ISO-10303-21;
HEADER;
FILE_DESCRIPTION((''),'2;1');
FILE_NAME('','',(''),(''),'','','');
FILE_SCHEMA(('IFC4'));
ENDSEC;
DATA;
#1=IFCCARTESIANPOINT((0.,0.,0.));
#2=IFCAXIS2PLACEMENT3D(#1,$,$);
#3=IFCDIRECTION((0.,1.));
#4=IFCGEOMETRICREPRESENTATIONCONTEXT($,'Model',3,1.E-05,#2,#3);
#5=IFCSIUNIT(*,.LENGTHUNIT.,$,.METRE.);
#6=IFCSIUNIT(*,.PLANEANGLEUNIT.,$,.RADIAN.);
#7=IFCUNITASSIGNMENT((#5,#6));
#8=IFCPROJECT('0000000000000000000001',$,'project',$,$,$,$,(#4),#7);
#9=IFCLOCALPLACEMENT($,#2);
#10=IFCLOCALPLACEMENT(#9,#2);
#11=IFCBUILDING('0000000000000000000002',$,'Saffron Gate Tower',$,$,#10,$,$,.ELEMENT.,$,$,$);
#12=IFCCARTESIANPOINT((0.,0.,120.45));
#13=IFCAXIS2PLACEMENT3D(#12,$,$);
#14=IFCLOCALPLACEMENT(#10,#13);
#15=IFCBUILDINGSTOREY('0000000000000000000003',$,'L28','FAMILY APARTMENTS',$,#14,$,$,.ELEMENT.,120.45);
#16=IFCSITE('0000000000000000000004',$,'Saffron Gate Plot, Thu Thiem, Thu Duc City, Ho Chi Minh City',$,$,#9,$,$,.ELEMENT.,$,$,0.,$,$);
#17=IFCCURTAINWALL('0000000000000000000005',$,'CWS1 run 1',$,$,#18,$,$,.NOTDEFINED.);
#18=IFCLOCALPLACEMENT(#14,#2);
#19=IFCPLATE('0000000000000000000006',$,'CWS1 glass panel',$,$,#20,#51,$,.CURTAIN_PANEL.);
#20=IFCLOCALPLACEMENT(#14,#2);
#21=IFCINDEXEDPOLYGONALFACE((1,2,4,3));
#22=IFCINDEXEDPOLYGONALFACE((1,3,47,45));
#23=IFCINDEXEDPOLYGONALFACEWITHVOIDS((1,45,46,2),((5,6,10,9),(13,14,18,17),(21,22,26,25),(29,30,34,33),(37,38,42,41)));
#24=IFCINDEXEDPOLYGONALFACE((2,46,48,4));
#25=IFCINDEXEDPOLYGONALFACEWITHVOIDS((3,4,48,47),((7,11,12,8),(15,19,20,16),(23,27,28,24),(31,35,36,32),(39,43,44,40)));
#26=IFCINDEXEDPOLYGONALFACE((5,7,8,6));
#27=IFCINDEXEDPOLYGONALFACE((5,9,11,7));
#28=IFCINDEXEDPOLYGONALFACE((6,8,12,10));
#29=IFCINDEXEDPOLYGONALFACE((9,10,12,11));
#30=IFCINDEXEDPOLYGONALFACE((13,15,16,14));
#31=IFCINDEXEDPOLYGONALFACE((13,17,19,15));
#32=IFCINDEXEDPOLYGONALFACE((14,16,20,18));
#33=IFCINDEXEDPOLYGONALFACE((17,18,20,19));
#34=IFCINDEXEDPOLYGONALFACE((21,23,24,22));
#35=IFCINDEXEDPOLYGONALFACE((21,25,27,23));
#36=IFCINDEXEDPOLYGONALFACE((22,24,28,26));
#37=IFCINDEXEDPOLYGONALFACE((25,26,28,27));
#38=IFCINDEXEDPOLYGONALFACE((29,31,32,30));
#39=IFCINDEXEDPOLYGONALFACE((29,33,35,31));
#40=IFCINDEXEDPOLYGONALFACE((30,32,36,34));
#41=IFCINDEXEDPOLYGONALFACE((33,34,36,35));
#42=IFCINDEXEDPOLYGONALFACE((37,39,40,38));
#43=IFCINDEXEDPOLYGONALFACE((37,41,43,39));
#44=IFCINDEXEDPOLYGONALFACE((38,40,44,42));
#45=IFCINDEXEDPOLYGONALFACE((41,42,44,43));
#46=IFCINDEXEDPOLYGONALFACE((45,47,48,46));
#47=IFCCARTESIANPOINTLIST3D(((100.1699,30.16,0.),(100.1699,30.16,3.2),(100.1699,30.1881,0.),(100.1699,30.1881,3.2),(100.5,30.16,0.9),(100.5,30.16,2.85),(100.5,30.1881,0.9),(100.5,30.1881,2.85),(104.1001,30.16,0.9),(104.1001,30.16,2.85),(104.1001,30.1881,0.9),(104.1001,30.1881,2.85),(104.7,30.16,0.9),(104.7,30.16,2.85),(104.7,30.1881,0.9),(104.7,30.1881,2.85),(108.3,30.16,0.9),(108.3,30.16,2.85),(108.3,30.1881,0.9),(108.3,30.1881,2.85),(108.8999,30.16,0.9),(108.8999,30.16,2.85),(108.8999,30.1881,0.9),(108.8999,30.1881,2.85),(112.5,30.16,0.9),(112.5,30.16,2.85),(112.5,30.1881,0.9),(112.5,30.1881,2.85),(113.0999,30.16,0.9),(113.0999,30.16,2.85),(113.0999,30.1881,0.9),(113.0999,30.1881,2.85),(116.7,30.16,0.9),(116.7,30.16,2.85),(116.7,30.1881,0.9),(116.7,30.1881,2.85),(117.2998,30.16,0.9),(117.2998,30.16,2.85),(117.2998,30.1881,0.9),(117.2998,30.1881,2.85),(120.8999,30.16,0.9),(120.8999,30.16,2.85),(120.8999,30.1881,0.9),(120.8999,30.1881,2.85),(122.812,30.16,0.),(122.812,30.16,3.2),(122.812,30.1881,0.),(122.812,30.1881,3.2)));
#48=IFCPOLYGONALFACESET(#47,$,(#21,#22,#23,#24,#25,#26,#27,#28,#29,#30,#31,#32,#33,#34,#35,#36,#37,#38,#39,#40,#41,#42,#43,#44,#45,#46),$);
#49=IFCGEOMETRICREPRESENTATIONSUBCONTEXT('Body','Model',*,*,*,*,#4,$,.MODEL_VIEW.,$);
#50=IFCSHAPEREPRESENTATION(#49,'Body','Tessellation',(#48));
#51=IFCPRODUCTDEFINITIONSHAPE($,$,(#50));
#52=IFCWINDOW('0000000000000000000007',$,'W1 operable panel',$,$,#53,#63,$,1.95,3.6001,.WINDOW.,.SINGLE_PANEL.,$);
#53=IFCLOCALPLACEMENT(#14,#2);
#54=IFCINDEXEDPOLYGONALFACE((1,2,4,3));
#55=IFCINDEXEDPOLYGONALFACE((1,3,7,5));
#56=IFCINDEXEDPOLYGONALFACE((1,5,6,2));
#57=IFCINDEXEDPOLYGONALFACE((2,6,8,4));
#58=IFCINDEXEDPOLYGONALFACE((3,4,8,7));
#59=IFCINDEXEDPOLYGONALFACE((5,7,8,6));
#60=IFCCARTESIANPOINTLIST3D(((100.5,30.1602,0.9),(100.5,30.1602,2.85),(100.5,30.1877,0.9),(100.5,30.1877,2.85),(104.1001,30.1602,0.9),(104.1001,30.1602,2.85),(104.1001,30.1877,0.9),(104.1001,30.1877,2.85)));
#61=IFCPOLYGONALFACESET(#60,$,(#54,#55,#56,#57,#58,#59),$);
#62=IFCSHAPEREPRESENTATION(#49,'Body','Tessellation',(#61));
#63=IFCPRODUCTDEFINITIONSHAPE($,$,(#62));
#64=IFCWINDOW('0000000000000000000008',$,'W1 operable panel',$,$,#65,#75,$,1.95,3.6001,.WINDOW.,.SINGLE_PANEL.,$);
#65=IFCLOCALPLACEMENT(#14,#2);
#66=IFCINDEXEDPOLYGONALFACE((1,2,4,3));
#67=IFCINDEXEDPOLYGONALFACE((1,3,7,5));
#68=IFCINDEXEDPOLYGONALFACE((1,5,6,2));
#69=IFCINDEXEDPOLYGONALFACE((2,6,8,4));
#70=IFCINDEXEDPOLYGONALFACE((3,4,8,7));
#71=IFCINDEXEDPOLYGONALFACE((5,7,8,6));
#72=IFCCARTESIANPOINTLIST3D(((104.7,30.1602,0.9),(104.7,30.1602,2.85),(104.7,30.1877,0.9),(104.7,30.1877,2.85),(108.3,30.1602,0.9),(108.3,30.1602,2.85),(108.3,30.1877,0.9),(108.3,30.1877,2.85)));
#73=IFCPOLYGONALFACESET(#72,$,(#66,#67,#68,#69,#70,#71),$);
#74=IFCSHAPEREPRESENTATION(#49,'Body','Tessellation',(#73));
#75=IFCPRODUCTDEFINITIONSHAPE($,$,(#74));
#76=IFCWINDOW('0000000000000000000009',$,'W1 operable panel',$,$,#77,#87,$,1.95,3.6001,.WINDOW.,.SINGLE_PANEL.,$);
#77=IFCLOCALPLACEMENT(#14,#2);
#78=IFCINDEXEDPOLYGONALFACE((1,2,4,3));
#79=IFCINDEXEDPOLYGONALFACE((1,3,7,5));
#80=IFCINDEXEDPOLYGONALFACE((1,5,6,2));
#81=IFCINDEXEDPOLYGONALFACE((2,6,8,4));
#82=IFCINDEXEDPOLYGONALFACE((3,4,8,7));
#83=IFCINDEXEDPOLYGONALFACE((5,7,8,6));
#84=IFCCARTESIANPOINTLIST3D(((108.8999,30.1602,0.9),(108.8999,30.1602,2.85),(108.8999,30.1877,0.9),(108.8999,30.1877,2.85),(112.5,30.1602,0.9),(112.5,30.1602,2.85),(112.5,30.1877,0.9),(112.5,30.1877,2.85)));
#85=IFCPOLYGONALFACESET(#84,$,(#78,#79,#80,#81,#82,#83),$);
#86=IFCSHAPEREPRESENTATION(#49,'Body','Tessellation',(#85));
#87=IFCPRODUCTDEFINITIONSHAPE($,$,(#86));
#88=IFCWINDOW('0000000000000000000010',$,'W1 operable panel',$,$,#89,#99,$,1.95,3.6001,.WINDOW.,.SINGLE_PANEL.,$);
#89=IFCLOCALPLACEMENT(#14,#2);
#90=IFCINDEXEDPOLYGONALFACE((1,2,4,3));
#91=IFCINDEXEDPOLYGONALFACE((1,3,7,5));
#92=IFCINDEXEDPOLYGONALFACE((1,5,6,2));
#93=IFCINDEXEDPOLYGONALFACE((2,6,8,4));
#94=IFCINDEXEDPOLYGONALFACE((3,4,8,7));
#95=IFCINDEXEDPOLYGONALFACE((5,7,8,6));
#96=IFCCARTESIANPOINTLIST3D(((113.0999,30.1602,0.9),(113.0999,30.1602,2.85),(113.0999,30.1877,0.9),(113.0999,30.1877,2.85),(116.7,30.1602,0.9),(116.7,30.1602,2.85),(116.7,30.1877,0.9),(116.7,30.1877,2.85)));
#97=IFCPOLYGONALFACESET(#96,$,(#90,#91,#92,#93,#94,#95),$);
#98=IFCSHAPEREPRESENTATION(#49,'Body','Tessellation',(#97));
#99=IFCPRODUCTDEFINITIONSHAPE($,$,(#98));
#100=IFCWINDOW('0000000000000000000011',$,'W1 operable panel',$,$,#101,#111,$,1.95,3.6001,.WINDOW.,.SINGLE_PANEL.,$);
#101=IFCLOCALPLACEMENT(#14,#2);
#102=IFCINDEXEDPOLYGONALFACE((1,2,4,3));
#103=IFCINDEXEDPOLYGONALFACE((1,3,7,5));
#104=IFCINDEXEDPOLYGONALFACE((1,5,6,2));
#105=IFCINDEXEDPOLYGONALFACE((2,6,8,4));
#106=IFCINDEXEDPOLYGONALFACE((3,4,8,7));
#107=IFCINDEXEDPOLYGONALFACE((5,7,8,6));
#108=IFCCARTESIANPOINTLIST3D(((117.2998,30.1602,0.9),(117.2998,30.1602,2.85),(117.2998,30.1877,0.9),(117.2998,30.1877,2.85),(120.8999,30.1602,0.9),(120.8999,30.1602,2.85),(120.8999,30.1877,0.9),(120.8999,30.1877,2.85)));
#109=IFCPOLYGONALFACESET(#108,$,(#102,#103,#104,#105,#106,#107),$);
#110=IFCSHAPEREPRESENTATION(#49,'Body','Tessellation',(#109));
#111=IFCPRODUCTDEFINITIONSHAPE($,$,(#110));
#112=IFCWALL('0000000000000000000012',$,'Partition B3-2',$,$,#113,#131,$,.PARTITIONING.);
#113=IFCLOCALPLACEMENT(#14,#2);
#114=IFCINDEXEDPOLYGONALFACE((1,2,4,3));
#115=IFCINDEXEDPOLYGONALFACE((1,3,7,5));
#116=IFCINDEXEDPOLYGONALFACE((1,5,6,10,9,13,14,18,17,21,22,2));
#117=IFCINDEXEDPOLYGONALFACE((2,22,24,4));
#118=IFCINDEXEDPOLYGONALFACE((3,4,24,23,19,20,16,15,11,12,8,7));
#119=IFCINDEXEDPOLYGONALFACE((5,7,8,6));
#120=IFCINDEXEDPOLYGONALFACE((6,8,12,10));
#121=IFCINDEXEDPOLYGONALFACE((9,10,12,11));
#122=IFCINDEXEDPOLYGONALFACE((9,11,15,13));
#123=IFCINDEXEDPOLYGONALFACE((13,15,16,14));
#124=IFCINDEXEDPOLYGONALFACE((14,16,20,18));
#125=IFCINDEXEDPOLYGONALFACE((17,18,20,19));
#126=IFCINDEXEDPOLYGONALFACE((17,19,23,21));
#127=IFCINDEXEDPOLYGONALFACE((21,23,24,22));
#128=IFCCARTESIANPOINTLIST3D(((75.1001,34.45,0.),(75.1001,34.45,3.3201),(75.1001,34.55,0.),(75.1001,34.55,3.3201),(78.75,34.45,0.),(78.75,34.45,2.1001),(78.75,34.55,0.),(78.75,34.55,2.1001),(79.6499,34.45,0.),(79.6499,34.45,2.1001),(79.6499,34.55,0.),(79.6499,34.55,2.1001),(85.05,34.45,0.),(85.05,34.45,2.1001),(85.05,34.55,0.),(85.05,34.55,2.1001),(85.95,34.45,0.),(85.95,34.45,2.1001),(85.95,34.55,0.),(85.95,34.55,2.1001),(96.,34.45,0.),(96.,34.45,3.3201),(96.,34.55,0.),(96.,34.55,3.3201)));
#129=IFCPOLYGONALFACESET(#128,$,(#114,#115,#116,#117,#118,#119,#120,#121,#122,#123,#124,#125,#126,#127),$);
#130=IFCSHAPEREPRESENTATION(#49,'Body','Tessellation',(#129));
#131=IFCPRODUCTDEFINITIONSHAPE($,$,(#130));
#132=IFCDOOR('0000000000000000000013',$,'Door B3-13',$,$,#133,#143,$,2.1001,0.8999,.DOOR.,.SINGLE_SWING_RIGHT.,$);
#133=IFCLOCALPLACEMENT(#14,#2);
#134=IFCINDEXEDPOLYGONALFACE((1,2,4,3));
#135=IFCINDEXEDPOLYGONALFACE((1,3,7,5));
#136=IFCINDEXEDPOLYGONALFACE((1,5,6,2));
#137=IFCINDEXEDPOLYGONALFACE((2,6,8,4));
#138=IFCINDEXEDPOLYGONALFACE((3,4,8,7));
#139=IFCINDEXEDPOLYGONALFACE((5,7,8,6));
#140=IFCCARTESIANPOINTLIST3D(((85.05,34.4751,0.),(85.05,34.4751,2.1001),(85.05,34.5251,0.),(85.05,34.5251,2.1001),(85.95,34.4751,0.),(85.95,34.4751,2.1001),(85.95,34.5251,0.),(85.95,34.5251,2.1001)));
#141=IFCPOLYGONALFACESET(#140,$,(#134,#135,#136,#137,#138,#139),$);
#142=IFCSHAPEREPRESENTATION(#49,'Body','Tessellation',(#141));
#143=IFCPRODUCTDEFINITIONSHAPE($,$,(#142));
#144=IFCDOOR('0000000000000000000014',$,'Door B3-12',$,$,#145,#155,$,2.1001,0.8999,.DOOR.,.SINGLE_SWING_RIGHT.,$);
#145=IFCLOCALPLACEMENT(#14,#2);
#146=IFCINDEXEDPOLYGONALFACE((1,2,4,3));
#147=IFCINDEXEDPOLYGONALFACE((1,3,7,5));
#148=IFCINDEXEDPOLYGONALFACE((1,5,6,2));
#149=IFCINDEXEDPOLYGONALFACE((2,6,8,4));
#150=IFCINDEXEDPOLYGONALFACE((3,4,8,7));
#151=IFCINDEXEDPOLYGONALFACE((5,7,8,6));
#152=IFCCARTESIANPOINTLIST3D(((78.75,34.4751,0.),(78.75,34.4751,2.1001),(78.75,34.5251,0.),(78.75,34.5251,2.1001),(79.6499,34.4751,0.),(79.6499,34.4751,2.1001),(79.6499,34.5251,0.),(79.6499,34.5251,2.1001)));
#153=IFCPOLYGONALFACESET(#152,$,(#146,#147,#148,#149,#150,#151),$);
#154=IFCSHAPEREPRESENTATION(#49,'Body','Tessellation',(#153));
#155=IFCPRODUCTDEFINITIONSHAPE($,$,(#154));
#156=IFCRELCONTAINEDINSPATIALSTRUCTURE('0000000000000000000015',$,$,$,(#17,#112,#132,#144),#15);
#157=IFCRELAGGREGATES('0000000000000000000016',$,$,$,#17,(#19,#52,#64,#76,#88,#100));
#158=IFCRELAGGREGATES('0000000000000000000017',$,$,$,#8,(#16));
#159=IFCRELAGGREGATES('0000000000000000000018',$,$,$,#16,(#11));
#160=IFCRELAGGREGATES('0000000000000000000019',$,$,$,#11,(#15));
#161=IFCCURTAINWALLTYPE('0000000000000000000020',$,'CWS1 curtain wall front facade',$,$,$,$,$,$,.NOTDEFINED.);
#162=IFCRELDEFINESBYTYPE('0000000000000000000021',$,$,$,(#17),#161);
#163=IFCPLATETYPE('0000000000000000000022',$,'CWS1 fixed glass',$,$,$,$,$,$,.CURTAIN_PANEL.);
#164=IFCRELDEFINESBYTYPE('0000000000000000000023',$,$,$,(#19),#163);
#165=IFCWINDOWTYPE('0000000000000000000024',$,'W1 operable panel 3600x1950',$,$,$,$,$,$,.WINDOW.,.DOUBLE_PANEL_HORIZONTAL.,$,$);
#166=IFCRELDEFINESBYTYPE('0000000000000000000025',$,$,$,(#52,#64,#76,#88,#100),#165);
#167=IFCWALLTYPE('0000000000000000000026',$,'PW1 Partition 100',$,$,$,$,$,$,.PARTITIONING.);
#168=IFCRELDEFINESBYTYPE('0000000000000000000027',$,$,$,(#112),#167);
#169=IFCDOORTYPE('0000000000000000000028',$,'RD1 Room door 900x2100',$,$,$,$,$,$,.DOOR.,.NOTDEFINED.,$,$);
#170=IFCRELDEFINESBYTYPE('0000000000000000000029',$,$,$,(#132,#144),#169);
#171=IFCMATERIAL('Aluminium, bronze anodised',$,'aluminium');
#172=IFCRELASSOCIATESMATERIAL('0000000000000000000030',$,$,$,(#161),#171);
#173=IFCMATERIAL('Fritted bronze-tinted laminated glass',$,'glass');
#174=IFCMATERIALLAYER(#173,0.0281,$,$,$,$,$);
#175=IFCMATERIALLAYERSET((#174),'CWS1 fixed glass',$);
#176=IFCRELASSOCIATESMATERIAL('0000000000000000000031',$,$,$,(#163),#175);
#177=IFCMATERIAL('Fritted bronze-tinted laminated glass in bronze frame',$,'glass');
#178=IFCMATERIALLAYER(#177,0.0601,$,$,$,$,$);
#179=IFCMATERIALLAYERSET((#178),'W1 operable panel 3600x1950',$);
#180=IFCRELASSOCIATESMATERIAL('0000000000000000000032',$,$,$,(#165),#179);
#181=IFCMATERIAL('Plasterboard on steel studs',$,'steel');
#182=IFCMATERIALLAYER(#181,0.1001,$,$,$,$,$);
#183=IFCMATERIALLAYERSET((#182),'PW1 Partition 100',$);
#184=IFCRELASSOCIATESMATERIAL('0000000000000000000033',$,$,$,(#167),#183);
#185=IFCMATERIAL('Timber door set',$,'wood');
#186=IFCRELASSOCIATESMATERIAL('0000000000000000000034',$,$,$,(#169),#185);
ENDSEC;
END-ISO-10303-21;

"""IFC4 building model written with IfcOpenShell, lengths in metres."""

from ifc_helpers import new_model, si_unit, direction, frame, frame_2d, origin, place, context, subcontext, project, spatial, rectangle, extrude, material, layer, layer_set, type_object, element, fill, aggregate, save


model = new_model("IFC4")

# Units and contexts
model_context = context("Model", 3, precision=1e-05, world=origin(), true_north=direction((0.0, 1.0)))
body_context = subcontext(model_context, "Body", "Model", "MODEL_VIEW")
ifc_project = project(units=[si_unit("LENGTHUNIT", "METRE"), si_unit("PLANEANGLEUNIT", "RADIAN")], contexts=[model_context])

# Site, building, storey
site_placement = place(None, origin())
site = spatial("IfcSite", under=ifc_project, at=site_placement, Name="Saffron Gate Plot, Thu Thiem, Thu Duc City, Ho Chi Minh City", CompositionType="ELEMENT", RefElevation=0.0)
building_placement = place(site_placement, origin())
building = spatial("IfcBuilding", under=site, at=building_placement, Name="Saffron Gate Tower", CompositionType="ELEMENT")
storey_placement = place(building_placement, frame((0.0, 0.0, 120.45)))
storey = spatial("IfcBuildingStorey", under=building, at=storey_placement, Name="L28", Description="FAMILY APARTMENTS", CompositionType="ELEMENT", Elevation=120.45)

# Curtain wall, plate, openings, windows
ifc_material_1 = material(Name="Aluminium, bronze anodised", Category="aluminium")
curtain_wall_type = type_object("IfcCurtainWallType", Name="CWS1 curtain wall front facade", PredefinedType="NOTDEFINED", material=ifc_material_1)
curtain_wall_placement = place(storey_placement, origin())
curtain_wall = element("IfcCurtainWall", 1, at=curtain_wall_placement, inside=storey, type_object=curtain_wall_type, Name="CWS1 run 1", PredefinedType="NOTDEFINED")
ifc_material_2 = material(Name="Fritted bronze-tinted laminated glass", Category="glass")
ifc_layer_1 = layer(ifc_material_2, 0.0281)
ifc_layer_set_1 = layer_set([ifc_layer_1], Name="CWS1 fixed glass")
plate_type = type_object("IfcPlateType", Name="CWS1 fixed glass", PredefinedType="CURTAIN_PANEL", material=ifc_layer_set_1)
plate_placement = place(storey_placement, frame((100.1699, 30.1741, 0.0), z_axis=(0.0, 0.0, 1.0), x_axis=(1.0, 0.0, 0.0)))
plate = element("IfcPlate", 2, at=plate_placement, type_object=plate_type, Name="CWS1 glass panel", PredefinedType="CURTAIN_PANEL", context=body_context, shape_type="SweptSolid", body=[
    extrude(rectangle(XDim=22.6421, YDim=0.0281, at=frame_2d((11.321, 0.0))), origin(), (0.0, 0.0, 1.0), 3.2),
])
opening_1_placement = place(plate_placement, frame((0.3301, 0.0, 0.8999)))
opening_1 = element("IfcOpeningElement", 3, at=opening_1_placement, cuts=plate, PredefinedType="OPENING", context=body_context, shape_type="SweptSolid", body=[
    extrude(rectangle(XDim=3.6001, YDim=1.95, at=frame_2d((1.8, 0.9751))), frame((0.0, 0.0239, 0.0), z_axis=(0.0, -1.0, 0.0), x_axis=(1.0, 0.0, 0.0)), (0.0, 0.0, 1.0), 0.0481),
])
opening_2_placement = place(plate_placement, frame((4.53, 0.0, 0.8999)))
opening_2 = element("IfcOpeningElement", 4, at=opening_2_placement, cuts=plate, PredefinedType="OPENING", context=body_context, shape_type="SweptSolid", body=[
    extrude(rectangle(XDim=3.6001, YDim=1.95, at=frame_2d((1.8, 0.9751))), frame((0.0, 0.0239, 0.0), z_axis=(0.0, -1.0, 0.0), x_axis=(1.0, 0.0, 0.0)), (0.0, 0.0, 1.0), 0.0481),
])
opening_3_placement = place(plate_placement, frame((8.73, 0.0, 0.8999)))
opening_3 = element("IfcOpeningElement", 5, at=opening_3_placement, cuts=plate, PredefinedType="OPENING", context=body_context, shape_type="SweptSolid", body=[
    extrude(rectangle(XDim=3.6001, YDim=1.95, at=frame_2d((1.8, 0.9751))), frame((0.0, 0.0239, 0.0), z_axis=(0.0, -1.0, 0.0), x_axis=(1.0, 0.0, 0.0)), (0.0, 0.0, 1.0), 0.0481),
])
opening_4_placement = place(plate_placement, frame((12.9299, 0.0, 0.8999)))
opening_4 = element("IfcOpeningElement", 6, at=opening_4_placement, cuts=plate, PredefinedType="OPENING", context=body_context, shape_type="SweptSolid", body=[
    extrude(rectangle(XDim=3.6001, YDim=1.95, at=frame_2d((1.8, 0.9751))), frame((0.0, 0.0239, 0.0), z_axis=(0.0, -1.0, 0.0), x_axis=(1.0, 0.0, 0.0)), (0.0, 0.0, 1.0), 0.0481),
])
opening_5_placement = place(plate_placement, frame((17.1299, 0.0, 0.8999)))
opening_5 = element("IfcOpeningElement", 7, at=opening_5_placement, cuts=plate, PredefinedType="OPENING", context=body_context, shape_type="SweptSolid", body=[
    extrude(rectangle(XDim=3.6001, YDim=1.95, at=frame_2d((1.8, 0.9751))), frame((0.0, 0.0239, 0.0), z_axis=(0.0, -1.0, 0.0), x_axis=(1.0, 0.0, 0.0)), (0.0, 0.0, 1.0), 0.0481),
])
ifc_material_3 = material(Name="Fritted bronze-tinted laminated glass in bronze frame", Category="glass")
ifc_layer_2 = layer(ifc_material_3, 0.0601)
ifc_layer_set_2 = layer_set([ifc_layer_2], Name="W1 operable panel 3600x1950")
window_type = type_object("IfcWindowType", Name="W1 operable panel 3600x1950", PartitioningType="DOUBLE_PANEL_HORIZONTAL", PredefinedType="WINDOW", material=ifc_layer_set_2)
window_1_placement = place(opening_1_placement, origin())
window_1 = element("IfcWindow", 8, at=window_1_placement, type_object=window_type, Name="W1 operable panel", OverallHeight=1.95, OverallWidth=3.6001, PartitioningType="SINGLE_PANEL", PredefinedType="WINDOW", context=body_context, shape_type="SweptSolid", body=[
    extrude(rectangle(XDim=3.6001, YDim=1.95, at=frame_2d((1.8, 0.9751))), frame((0.0, 0.0137, 0.0), z_axis=(0.0, -1.0, 0.0), x_axis=(1.0, 0.0, 0.0)), (0.0, 0.0, 1.0), 0.0276),
])
fill(opening_1, window_1)
window_2_placement = place(opening_2_placement, origin())
window_2 = element("IfcWindow", 9, at=window_2_placement, type_object=window_type, Name="W1 operable panel", OverallHeight=1.95, OverallWidth=3.6001, PartitioningType="SINGLE_PANEL", PredefinedType="WINDOW", context=body_context, shape_type="SweptSolid", body=[
    extrude(rectangle(XDim=3.6001, YDim=1.95, at=frame_2d((1.8, 0.9751))), frame((0.0, 0.0137, 0.0), z_axis=(0.0, -1.0, 0.0), x_axis=(1.0, 0.0, 0.0)), (0.0, 0.0, 1.0), 0.0276),
])
fill(opening_2, window_2)
window_3_placement = place(opening_3_placement, origin())
window_3 = element("IfcWindow", 10, at=window_3_placement, type_object=window_type, Name="W1 operable panel", OverallHeight=1.95, OverallWidth=3.6001, PartitioningType="SINGLE_PANEL", PredefinedType="WINDOW", context=body_context, shape_type="SweptSolid", body=[
    extrude(rectangle(XDim=3.6001, YDim=1.95, at=frame_2d((1.8, 0.9751))), frame((0.0, 0.0137, 0.0), z_axis=(0.0, -1.0, 0.0), x_axis=(1.0, 0.0, 0.0)), (0.0, 0.0, 1.0), 0.0276),
])
fill(opening_3, window_3)
window_4_placement = place(opening_4_placement, origin())
window_4 = element("IfcWindow", 11, at=window_4_placement, type_object=window_type, Name="W1 operable panel", OverallHeight=1.95, OverallWidth=3.6001, PartitioningType="SINGLE_PANEL", PredefinedType="WINDOW", context=body_context, shape_type="SweptSolid", body=[
    extrude(rectangle(XDim=3.6001, YDim=1.95, at=frame_2d((1.8, 0.9751))), frame((0.0, 0.0137, 0.0), z_axis=(0.0, -1.0, 0.0), x_axis=(1.0, 0.0, 0.0)), (0.0, 0.0, 1.0), 0.0276),
])
fill(opening_4, window_4)
window_5_placement = place(opening_5_placement, origin())
window_5 = element("IfcWindow", 12, at=window_5_placement, type_object=window_type, Name="W1 operable panel", OverallHeight=1.95, OverallWidth=3.6001, PartitioningType="SINGLE_PANEL", PredefinedType="WINDOW", context=body_context, shape_type="SweptSolid", body=[
    extrude(rectangle(XDim=3.6001, YDim=1.95, at=frame_2d((1.8, 0.9751))), frame((0.0, 0.0137, 0.0), z_axis=(0.0, -1.0, 0.0), x_axis=(1.0, 0.0, 0.0)), (0.0, 0.0, 1.0), 0.0276),
])
fill(opening_5, window_5)
aggregate(curtain_wall, [plate, window_1, window_2, window_3, window_4, window_5])

# Wall, openings, doors
ifc_material_4 = material(Name="Plasterboard on steel studs", Category="steel")
ifc_layer_3 = layer(ifc_material_4, 0.1001)
ifc_layer_set_3 = layer_set([ifc_layer_3], Name="PW1 Partition 100")
wall_type_1 = type_object("IfcWallType", Name="PW1 Partition 100", PredefinedType="PARTITIONING", material=ifc_layer_set_3)
wall_1_placement = place(storey_placement, frame((96.0, 34.5, 0.0), z_axis=(0.0, 0.0, 1.0), x_axis=(-1.0, 0.0, 0.0)))
wall_1 = element("IfcWall", 13, at=wall_1_placement, inside=storey, type_object=wall_type_1, Name="Partition B3-2", PredefinedType="PARTITIONING", context=body_context, shape_type="SweptSolid", body=[
    extrude(rectangle(XDim=20.8999, YDim=0.1001, at=frame_2d((10.45, 0.0))), origin(), (0.0, 0.0, 1.0), 3.3201),
])
opening_6_placement = place(wall_1_placement, frame((10.05, 0.0, 0.0)))
opening_6 = element("IfcOpeningElement", 14, at=opening_6_placement, cuts=wall_1, PredefinedType="OPENING", context=body_context, shape_type="SweptSolid", body=[
    extrude(rectangle(XDim=0.8999, YDim=2.1001, at=frame_2d((0.45, 1.05))), frame((0.0, 0.0601, 0.0), z_axis=(0.0, -1.0, 0.0), x_axis=(1.0, 0.0, 0.0)), (0.0, 0.0, 1.0), 0.1201),
])
opening_7_placement = place(wall_1_placement, frame((16.3501, 0.0, 0.0)))
opening_7 = element("IfcOpeningElement", 15, at=opening_7_placement, cuts=wall_1, PredefinedType="OPENING", context=body_context, shape_type="SweptSolid", body=[
    extrude(rectangle(XDim=0.8999, YDim=2.1001, at=frame_2d((0.45, 1.05))), frame((0.0, 0.0601, 0.0), z_axis=(0.0, -1.0, 0.0), x_axis=(1.0, 0.0, 0.0)), (0.0, 0.0, 1.0), 0.1201),
])
ifc_material_5 = material(Name="Timber door set", Category="wood")
door_type_1 = type_object("IfcDoorType", Name="RD1 Room door 900x2100", OperationType="NOTDEFINED", PredefinedType="DOOR", material=ifc_material_5)
door_1_placement = place(opening_6_placement, origin())
door_1 = element("IfcDoor", 16, at=door_1_placement, inside=storey, type_object=door_type_1, Name="Door B3-13", OperationType="SINGLE_SWING_RIGHT", OverallHeight=2.1001, OverallWidth=0.8999, PredefinedType="DOOR", context=body_context, shape_type="SweptSolid", body=[
    extrude(rectangle(XDim=0.8999, YDim=2.1001, at=frame_2d((0.45, 1.05))), frame((0.0, 0.0249, 0.0), z_axis=(0.0, -1.0, 0.0), x_axis=(1.0, 0.0, 0.0)), (0.0, 0.0, 1.0), 0.05),
])
fill(opening_6, door_1)
door_2_placement = place(opening_7_placement, origin())
door_2 = element("IfcDoor", 17, at=door_2_placement, inside=storey, type_object=door_type_1, Name="Door B3-12", OperationType="SINGLE_SWING_RIGHT", OverallHeight=2.1001, OverallWidth=0.8999, PredefinedType="DOOR", context=body_context, shape_type="SweptSolid", body=[
    extrude(rectangle(XDim=0.8999, YDim=2.1001, at=frame_2d((0.45, 1.05))), frame((0.0, 0.0249, 0.0), z_axis=(0.0, -1.0, 0.0), x_axis=(1.0, 0.0, 0.0)), (0.0, 0.0, 1.0), 0.05),
])
fill(opening_7, door_2)

save(model, "model.ifc")
